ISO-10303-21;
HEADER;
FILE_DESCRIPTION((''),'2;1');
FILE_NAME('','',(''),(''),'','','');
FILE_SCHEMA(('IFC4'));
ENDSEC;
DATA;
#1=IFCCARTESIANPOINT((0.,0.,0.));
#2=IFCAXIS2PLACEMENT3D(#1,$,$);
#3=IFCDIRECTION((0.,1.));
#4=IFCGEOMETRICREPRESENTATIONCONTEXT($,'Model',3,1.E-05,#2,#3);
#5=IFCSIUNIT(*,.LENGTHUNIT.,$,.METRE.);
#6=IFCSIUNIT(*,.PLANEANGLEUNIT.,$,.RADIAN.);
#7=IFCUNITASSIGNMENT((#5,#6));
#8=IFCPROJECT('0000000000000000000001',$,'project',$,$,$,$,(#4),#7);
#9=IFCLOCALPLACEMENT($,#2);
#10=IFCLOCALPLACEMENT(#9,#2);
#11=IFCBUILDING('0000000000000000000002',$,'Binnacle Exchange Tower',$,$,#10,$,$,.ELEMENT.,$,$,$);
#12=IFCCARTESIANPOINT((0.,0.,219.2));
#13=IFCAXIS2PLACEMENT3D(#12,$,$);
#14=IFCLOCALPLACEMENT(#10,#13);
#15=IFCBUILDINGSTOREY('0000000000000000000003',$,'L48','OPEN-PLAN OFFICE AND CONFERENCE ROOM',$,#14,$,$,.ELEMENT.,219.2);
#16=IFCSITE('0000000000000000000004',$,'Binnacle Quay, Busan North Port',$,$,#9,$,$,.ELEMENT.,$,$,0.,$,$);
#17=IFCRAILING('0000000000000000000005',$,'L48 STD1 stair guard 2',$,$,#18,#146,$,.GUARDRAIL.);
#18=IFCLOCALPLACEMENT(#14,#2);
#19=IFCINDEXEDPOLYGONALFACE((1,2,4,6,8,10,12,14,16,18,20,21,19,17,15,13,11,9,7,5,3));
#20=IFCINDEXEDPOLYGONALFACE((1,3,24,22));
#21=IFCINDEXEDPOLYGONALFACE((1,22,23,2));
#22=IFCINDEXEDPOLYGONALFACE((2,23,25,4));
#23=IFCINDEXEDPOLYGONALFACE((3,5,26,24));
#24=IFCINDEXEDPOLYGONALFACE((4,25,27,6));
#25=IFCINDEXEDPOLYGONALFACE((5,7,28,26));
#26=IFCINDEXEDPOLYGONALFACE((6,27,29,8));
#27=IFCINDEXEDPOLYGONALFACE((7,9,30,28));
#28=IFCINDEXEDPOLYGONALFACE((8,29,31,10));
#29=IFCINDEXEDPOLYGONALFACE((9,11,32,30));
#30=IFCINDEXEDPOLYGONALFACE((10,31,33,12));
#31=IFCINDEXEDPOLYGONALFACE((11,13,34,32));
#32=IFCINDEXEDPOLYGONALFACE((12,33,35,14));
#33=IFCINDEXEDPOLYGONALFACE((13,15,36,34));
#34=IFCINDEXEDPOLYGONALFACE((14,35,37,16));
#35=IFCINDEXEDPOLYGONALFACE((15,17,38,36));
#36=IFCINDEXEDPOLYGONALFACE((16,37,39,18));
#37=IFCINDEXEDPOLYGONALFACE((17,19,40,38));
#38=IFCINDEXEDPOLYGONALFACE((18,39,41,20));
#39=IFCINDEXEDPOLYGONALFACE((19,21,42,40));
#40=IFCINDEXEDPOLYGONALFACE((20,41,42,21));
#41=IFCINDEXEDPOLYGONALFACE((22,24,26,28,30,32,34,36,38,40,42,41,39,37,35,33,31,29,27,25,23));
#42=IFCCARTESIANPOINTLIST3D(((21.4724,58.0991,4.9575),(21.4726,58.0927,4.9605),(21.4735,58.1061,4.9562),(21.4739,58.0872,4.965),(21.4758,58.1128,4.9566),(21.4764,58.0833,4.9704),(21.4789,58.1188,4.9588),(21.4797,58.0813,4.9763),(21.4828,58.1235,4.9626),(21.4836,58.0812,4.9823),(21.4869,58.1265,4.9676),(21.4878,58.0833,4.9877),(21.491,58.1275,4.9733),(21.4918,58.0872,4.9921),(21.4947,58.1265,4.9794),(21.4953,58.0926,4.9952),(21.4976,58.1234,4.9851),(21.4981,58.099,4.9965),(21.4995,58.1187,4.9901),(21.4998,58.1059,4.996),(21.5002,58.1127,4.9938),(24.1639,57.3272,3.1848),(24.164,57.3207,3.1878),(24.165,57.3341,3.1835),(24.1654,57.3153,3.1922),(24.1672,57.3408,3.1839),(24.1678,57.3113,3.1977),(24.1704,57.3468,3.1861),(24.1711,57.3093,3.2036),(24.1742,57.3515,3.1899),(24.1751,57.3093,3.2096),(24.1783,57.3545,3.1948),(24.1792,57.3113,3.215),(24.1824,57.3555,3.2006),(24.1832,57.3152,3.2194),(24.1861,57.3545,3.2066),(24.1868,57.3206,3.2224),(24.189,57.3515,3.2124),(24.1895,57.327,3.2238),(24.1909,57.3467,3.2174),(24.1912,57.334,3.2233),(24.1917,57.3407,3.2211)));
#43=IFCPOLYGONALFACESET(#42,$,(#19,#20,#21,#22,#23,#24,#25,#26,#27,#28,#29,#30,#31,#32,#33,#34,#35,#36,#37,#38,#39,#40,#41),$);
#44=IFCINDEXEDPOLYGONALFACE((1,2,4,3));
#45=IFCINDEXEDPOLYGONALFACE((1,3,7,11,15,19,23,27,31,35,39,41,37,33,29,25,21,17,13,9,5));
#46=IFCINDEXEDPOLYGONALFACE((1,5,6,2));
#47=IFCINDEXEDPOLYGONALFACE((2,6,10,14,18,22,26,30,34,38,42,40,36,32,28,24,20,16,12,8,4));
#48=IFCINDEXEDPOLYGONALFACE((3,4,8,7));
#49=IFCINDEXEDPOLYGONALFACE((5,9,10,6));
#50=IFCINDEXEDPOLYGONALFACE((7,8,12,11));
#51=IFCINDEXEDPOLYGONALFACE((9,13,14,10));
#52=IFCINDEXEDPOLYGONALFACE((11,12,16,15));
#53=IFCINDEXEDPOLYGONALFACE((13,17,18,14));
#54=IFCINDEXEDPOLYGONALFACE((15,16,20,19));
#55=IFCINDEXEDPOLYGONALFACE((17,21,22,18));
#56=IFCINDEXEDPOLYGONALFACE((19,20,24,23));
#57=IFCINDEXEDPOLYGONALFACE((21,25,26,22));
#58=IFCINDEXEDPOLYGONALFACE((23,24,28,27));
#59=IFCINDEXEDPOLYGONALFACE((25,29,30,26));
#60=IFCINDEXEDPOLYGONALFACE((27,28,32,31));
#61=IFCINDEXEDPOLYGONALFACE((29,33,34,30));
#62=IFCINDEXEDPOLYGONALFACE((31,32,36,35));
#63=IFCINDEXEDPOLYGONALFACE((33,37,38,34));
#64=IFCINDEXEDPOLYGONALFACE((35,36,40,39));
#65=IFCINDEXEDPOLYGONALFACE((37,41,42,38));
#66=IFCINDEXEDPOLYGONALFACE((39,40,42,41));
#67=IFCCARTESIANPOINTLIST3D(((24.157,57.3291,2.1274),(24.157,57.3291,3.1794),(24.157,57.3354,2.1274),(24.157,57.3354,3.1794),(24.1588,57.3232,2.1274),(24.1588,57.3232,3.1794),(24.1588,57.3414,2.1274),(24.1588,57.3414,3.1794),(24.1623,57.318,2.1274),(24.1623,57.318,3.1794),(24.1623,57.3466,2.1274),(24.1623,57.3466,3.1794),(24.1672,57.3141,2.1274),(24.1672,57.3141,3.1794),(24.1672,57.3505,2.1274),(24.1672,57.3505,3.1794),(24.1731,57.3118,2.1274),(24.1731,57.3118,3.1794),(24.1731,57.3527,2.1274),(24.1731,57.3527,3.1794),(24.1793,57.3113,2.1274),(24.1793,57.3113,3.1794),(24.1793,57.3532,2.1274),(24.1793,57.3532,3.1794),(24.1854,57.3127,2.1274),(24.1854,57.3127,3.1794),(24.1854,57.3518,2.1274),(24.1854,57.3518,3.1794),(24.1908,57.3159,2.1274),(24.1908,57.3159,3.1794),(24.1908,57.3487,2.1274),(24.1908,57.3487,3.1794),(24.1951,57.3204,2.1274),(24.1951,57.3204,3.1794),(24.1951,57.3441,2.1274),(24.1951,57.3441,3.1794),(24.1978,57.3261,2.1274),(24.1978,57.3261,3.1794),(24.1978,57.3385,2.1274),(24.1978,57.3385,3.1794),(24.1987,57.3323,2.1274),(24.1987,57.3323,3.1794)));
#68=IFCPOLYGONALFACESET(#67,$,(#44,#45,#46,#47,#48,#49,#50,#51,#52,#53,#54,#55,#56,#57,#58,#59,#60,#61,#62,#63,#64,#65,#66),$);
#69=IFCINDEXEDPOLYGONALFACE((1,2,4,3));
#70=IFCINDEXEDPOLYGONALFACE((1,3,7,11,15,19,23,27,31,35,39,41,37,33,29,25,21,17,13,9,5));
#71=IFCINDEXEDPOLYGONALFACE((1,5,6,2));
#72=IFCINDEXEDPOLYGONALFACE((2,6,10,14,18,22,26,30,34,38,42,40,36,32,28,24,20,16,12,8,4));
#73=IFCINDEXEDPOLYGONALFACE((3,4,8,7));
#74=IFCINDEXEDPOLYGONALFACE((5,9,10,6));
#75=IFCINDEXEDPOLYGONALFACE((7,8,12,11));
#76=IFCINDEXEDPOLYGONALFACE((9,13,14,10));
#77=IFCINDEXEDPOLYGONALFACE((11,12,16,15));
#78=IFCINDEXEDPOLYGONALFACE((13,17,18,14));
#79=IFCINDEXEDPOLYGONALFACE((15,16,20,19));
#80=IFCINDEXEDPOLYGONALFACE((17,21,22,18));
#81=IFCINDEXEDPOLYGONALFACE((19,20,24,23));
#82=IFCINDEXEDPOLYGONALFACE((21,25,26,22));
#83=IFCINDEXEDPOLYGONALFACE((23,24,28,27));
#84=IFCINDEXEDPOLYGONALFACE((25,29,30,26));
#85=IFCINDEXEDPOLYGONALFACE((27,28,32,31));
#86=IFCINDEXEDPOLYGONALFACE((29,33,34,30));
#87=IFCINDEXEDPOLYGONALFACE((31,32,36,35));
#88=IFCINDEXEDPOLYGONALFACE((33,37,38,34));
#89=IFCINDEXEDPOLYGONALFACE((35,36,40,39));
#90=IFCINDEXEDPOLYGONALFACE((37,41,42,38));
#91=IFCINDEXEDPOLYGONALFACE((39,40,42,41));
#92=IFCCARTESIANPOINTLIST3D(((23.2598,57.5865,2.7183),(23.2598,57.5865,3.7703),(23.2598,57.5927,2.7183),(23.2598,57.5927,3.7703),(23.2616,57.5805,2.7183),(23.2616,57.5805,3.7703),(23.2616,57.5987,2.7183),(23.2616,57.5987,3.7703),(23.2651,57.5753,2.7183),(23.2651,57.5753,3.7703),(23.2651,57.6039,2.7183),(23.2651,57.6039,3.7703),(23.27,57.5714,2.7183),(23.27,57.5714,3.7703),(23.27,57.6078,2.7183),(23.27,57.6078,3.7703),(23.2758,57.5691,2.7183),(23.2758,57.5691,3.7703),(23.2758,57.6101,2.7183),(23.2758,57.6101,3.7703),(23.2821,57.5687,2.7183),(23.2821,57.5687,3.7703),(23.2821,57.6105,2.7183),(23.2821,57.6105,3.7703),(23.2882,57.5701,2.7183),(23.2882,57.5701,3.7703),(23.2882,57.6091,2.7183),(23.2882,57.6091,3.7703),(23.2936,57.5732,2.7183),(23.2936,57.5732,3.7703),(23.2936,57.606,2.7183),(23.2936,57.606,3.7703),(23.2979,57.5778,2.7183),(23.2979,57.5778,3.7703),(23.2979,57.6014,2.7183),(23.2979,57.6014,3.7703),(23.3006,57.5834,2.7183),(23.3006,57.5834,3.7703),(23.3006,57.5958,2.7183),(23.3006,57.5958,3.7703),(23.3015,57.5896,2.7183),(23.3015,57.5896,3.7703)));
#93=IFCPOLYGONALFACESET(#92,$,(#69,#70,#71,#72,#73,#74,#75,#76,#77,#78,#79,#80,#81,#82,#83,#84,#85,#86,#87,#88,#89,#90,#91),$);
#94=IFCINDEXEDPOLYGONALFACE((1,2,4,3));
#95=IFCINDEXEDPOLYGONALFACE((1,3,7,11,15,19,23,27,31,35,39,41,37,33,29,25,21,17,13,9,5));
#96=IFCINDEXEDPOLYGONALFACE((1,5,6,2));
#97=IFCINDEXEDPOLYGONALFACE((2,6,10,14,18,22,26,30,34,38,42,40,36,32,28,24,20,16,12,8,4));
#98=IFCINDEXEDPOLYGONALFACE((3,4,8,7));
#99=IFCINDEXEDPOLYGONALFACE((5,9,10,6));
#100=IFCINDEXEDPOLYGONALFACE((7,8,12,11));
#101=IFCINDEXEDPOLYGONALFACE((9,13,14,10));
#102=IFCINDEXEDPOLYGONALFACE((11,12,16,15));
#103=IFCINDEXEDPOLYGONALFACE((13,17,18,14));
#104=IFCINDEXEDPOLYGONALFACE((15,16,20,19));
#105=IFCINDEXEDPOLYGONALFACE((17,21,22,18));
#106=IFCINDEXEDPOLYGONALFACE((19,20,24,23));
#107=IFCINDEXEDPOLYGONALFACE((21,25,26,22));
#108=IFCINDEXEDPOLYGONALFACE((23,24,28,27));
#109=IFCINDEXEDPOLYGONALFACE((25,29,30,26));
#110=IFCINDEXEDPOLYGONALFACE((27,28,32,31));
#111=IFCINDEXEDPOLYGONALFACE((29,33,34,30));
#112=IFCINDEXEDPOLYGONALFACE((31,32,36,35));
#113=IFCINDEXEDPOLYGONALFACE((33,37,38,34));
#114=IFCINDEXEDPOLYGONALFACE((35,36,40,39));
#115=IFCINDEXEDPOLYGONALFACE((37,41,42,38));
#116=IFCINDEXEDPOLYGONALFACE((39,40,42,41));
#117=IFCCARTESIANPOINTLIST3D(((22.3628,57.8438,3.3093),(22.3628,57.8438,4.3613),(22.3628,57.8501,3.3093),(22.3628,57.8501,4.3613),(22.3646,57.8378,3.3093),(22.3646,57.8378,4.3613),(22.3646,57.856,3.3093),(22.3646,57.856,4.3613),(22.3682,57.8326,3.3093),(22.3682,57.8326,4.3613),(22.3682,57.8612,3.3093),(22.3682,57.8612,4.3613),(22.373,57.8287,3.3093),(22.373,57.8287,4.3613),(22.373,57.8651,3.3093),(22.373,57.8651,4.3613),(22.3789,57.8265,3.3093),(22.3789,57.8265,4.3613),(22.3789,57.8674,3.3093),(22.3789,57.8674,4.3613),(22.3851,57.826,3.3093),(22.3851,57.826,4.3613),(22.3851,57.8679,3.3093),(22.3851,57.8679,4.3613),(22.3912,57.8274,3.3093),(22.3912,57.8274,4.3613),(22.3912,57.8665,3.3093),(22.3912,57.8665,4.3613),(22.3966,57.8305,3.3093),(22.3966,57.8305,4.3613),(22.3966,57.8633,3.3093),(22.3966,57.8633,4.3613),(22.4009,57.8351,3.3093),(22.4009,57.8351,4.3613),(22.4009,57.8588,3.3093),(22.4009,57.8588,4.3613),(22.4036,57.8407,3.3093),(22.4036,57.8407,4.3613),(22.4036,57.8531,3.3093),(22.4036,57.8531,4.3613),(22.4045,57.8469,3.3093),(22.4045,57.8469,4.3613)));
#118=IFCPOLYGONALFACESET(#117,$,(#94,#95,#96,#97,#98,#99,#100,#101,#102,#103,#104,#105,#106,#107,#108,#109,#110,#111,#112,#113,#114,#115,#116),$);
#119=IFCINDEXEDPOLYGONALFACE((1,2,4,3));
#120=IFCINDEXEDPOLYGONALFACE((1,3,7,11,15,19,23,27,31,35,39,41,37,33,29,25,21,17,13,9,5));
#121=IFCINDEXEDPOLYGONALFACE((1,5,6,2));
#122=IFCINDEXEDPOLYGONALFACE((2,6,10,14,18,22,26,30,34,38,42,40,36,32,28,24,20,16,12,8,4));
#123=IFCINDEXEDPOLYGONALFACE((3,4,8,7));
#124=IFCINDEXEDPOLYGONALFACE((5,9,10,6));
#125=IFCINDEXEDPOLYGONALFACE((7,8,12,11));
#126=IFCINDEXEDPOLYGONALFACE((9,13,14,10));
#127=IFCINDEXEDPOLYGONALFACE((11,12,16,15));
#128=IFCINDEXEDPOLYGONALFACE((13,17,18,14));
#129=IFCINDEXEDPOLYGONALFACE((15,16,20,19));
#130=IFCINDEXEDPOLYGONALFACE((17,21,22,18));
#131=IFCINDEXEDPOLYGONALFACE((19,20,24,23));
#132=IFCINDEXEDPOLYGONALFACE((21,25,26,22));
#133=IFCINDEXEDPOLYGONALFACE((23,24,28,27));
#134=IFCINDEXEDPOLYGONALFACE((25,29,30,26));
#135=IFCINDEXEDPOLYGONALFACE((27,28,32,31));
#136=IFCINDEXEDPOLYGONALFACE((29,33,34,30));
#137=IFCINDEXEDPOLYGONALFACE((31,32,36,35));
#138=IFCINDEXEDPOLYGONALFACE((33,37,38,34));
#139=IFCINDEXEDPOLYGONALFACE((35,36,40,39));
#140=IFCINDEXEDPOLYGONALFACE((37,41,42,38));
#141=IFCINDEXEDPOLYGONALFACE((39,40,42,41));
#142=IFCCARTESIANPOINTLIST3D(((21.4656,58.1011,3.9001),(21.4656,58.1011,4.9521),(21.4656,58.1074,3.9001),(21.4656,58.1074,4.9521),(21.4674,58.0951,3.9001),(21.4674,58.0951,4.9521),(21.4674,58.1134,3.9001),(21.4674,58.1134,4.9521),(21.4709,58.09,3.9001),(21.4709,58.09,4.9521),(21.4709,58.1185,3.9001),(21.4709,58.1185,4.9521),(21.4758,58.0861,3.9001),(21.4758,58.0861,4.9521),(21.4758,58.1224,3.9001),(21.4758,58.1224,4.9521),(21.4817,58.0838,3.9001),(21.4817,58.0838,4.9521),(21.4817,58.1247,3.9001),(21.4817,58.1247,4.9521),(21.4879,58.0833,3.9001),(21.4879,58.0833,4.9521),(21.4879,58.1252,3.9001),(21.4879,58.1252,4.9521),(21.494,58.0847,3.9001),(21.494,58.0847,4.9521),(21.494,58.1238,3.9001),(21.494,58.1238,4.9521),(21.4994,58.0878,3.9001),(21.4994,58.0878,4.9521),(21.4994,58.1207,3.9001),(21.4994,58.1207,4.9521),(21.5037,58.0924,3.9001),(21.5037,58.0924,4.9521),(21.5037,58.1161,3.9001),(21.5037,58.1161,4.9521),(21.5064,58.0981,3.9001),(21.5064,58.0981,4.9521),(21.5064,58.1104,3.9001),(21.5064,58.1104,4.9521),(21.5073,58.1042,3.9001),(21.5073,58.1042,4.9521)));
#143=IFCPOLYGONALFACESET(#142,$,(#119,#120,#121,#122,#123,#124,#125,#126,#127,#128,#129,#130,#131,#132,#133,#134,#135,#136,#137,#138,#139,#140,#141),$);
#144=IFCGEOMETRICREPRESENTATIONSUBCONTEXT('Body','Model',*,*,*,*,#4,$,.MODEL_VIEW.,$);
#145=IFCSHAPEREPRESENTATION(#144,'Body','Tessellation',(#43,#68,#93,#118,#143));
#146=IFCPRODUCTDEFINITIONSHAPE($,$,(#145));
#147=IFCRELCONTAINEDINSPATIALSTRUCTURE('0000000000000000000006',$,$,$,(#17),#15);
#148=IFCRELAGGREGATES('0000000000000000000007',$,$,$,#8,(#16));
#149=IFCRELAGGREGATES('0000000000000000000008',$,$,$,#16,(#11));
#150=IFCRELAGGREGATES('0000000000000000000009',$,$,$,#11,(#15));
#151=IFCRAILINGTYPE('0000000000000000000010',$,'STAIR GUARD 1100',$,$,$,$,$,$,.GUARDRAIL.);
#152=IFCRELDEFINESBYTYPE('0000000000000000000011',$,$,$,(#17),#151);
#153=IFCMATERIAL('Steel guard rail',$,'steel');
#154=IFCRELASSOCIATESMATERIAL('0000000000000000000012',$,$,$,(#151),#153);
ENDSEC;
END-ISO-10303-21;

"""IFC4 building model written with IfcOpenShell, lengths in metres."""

from ifc_helpers import new_model, si_unit, direction, frame, origin, origin_2d, place, context, subcontext, project, spatial, circle, extrude, material, type_object, element, save


model = new_model("IFC4")

# Units and contexts
model_context = context("Model", 3, precision=1e-05, world=origin(), true_north=direction((0.0, 1.0)))
body_context = subcontext(model_context, "Body", "Model", "MODEL_VIEW")
ifc_project = project(units=[si_unit("LENGTHUNIT", "METRE"), si_unit("PLANEANGLEUNIT", "RADIAN")], contexts=[model_context])

# Site, building, storey
site_placement = place(None, origin())
site = spatial("IfcSite", under=ifc_project, at=site_placement, Name="Binnacle Quay, Busan North Port", CompositionType="ELEMENT", RefElevation=0.0)
building_placement = place(site_placement, origin())
building = spatial("IfcBuilding", under=site, at=building_placement, Name="Binnacle Exchange Tower", CompositionType="ELEMENT")
storey_placement = place(building_placement, frame((0.0, 0.0, 219.2)))
storey = spatial("IfcBuildingStorey", under=building, at=storey_placement, Name="L48", Description="OPEN-PLAN OFFICE AND CONFERENCE ROOM", CompositionType="ELEMENT", Elevation=219.2)

# Railing
ifc_material_1 = material(Name="Steel guard rail", Category="steel")
railing_type_1 = type_object("IfcRailingType", Name="STAIR GUARD 1100", PredefinedType="GUARDRAIL", material=ifc_material_1)
railing_1_placement = place(storey_placement, frame((24.1777, 57.3323, 2.1274)))
element("IfcRailing", 1, at=railing_1_placement, inside=storey, type_object=railing_type_1, Name="L48 STD1 stair guard 2", PredefinedType="GUARDRAIL", context=body_context, shape_type="SweptSolid", body=[
    extrude(circle(Radius=0.0239, at=origin_2d()), frame((0.0, 0.0, 1.0762), z_axis=(-0.812151, 0.232948, 0.534926), x_axis=(-0.275711, -0.96124, 0.0)), (0.0, 0.0, 1.0), 3.314),
    extrude(circle(Radius=0.021, at=origin_2d()), origin(), (0.0, 0.0, 1.0), 1.052),
    extrude(circle(Radius=0.021, at=origin_2d()), frame((-0.8972, 0.2573, 0.5908)), (0.0, 0.0, 1.0), 1.052),
    extrude(circle(Radius=0.021, at=origin_2d()), frame((-1.7942, 0.5146, 1.1819)), (0.0, 0.0, 1.0), 1.052),
    extrude(circle(Radius=0.021, at=origin_2d()), frame((-2.6914, 0.772, 1.7727)), (0.0, 0.0, 1.0), 1.052),
])

save(model, "model.ifc")
